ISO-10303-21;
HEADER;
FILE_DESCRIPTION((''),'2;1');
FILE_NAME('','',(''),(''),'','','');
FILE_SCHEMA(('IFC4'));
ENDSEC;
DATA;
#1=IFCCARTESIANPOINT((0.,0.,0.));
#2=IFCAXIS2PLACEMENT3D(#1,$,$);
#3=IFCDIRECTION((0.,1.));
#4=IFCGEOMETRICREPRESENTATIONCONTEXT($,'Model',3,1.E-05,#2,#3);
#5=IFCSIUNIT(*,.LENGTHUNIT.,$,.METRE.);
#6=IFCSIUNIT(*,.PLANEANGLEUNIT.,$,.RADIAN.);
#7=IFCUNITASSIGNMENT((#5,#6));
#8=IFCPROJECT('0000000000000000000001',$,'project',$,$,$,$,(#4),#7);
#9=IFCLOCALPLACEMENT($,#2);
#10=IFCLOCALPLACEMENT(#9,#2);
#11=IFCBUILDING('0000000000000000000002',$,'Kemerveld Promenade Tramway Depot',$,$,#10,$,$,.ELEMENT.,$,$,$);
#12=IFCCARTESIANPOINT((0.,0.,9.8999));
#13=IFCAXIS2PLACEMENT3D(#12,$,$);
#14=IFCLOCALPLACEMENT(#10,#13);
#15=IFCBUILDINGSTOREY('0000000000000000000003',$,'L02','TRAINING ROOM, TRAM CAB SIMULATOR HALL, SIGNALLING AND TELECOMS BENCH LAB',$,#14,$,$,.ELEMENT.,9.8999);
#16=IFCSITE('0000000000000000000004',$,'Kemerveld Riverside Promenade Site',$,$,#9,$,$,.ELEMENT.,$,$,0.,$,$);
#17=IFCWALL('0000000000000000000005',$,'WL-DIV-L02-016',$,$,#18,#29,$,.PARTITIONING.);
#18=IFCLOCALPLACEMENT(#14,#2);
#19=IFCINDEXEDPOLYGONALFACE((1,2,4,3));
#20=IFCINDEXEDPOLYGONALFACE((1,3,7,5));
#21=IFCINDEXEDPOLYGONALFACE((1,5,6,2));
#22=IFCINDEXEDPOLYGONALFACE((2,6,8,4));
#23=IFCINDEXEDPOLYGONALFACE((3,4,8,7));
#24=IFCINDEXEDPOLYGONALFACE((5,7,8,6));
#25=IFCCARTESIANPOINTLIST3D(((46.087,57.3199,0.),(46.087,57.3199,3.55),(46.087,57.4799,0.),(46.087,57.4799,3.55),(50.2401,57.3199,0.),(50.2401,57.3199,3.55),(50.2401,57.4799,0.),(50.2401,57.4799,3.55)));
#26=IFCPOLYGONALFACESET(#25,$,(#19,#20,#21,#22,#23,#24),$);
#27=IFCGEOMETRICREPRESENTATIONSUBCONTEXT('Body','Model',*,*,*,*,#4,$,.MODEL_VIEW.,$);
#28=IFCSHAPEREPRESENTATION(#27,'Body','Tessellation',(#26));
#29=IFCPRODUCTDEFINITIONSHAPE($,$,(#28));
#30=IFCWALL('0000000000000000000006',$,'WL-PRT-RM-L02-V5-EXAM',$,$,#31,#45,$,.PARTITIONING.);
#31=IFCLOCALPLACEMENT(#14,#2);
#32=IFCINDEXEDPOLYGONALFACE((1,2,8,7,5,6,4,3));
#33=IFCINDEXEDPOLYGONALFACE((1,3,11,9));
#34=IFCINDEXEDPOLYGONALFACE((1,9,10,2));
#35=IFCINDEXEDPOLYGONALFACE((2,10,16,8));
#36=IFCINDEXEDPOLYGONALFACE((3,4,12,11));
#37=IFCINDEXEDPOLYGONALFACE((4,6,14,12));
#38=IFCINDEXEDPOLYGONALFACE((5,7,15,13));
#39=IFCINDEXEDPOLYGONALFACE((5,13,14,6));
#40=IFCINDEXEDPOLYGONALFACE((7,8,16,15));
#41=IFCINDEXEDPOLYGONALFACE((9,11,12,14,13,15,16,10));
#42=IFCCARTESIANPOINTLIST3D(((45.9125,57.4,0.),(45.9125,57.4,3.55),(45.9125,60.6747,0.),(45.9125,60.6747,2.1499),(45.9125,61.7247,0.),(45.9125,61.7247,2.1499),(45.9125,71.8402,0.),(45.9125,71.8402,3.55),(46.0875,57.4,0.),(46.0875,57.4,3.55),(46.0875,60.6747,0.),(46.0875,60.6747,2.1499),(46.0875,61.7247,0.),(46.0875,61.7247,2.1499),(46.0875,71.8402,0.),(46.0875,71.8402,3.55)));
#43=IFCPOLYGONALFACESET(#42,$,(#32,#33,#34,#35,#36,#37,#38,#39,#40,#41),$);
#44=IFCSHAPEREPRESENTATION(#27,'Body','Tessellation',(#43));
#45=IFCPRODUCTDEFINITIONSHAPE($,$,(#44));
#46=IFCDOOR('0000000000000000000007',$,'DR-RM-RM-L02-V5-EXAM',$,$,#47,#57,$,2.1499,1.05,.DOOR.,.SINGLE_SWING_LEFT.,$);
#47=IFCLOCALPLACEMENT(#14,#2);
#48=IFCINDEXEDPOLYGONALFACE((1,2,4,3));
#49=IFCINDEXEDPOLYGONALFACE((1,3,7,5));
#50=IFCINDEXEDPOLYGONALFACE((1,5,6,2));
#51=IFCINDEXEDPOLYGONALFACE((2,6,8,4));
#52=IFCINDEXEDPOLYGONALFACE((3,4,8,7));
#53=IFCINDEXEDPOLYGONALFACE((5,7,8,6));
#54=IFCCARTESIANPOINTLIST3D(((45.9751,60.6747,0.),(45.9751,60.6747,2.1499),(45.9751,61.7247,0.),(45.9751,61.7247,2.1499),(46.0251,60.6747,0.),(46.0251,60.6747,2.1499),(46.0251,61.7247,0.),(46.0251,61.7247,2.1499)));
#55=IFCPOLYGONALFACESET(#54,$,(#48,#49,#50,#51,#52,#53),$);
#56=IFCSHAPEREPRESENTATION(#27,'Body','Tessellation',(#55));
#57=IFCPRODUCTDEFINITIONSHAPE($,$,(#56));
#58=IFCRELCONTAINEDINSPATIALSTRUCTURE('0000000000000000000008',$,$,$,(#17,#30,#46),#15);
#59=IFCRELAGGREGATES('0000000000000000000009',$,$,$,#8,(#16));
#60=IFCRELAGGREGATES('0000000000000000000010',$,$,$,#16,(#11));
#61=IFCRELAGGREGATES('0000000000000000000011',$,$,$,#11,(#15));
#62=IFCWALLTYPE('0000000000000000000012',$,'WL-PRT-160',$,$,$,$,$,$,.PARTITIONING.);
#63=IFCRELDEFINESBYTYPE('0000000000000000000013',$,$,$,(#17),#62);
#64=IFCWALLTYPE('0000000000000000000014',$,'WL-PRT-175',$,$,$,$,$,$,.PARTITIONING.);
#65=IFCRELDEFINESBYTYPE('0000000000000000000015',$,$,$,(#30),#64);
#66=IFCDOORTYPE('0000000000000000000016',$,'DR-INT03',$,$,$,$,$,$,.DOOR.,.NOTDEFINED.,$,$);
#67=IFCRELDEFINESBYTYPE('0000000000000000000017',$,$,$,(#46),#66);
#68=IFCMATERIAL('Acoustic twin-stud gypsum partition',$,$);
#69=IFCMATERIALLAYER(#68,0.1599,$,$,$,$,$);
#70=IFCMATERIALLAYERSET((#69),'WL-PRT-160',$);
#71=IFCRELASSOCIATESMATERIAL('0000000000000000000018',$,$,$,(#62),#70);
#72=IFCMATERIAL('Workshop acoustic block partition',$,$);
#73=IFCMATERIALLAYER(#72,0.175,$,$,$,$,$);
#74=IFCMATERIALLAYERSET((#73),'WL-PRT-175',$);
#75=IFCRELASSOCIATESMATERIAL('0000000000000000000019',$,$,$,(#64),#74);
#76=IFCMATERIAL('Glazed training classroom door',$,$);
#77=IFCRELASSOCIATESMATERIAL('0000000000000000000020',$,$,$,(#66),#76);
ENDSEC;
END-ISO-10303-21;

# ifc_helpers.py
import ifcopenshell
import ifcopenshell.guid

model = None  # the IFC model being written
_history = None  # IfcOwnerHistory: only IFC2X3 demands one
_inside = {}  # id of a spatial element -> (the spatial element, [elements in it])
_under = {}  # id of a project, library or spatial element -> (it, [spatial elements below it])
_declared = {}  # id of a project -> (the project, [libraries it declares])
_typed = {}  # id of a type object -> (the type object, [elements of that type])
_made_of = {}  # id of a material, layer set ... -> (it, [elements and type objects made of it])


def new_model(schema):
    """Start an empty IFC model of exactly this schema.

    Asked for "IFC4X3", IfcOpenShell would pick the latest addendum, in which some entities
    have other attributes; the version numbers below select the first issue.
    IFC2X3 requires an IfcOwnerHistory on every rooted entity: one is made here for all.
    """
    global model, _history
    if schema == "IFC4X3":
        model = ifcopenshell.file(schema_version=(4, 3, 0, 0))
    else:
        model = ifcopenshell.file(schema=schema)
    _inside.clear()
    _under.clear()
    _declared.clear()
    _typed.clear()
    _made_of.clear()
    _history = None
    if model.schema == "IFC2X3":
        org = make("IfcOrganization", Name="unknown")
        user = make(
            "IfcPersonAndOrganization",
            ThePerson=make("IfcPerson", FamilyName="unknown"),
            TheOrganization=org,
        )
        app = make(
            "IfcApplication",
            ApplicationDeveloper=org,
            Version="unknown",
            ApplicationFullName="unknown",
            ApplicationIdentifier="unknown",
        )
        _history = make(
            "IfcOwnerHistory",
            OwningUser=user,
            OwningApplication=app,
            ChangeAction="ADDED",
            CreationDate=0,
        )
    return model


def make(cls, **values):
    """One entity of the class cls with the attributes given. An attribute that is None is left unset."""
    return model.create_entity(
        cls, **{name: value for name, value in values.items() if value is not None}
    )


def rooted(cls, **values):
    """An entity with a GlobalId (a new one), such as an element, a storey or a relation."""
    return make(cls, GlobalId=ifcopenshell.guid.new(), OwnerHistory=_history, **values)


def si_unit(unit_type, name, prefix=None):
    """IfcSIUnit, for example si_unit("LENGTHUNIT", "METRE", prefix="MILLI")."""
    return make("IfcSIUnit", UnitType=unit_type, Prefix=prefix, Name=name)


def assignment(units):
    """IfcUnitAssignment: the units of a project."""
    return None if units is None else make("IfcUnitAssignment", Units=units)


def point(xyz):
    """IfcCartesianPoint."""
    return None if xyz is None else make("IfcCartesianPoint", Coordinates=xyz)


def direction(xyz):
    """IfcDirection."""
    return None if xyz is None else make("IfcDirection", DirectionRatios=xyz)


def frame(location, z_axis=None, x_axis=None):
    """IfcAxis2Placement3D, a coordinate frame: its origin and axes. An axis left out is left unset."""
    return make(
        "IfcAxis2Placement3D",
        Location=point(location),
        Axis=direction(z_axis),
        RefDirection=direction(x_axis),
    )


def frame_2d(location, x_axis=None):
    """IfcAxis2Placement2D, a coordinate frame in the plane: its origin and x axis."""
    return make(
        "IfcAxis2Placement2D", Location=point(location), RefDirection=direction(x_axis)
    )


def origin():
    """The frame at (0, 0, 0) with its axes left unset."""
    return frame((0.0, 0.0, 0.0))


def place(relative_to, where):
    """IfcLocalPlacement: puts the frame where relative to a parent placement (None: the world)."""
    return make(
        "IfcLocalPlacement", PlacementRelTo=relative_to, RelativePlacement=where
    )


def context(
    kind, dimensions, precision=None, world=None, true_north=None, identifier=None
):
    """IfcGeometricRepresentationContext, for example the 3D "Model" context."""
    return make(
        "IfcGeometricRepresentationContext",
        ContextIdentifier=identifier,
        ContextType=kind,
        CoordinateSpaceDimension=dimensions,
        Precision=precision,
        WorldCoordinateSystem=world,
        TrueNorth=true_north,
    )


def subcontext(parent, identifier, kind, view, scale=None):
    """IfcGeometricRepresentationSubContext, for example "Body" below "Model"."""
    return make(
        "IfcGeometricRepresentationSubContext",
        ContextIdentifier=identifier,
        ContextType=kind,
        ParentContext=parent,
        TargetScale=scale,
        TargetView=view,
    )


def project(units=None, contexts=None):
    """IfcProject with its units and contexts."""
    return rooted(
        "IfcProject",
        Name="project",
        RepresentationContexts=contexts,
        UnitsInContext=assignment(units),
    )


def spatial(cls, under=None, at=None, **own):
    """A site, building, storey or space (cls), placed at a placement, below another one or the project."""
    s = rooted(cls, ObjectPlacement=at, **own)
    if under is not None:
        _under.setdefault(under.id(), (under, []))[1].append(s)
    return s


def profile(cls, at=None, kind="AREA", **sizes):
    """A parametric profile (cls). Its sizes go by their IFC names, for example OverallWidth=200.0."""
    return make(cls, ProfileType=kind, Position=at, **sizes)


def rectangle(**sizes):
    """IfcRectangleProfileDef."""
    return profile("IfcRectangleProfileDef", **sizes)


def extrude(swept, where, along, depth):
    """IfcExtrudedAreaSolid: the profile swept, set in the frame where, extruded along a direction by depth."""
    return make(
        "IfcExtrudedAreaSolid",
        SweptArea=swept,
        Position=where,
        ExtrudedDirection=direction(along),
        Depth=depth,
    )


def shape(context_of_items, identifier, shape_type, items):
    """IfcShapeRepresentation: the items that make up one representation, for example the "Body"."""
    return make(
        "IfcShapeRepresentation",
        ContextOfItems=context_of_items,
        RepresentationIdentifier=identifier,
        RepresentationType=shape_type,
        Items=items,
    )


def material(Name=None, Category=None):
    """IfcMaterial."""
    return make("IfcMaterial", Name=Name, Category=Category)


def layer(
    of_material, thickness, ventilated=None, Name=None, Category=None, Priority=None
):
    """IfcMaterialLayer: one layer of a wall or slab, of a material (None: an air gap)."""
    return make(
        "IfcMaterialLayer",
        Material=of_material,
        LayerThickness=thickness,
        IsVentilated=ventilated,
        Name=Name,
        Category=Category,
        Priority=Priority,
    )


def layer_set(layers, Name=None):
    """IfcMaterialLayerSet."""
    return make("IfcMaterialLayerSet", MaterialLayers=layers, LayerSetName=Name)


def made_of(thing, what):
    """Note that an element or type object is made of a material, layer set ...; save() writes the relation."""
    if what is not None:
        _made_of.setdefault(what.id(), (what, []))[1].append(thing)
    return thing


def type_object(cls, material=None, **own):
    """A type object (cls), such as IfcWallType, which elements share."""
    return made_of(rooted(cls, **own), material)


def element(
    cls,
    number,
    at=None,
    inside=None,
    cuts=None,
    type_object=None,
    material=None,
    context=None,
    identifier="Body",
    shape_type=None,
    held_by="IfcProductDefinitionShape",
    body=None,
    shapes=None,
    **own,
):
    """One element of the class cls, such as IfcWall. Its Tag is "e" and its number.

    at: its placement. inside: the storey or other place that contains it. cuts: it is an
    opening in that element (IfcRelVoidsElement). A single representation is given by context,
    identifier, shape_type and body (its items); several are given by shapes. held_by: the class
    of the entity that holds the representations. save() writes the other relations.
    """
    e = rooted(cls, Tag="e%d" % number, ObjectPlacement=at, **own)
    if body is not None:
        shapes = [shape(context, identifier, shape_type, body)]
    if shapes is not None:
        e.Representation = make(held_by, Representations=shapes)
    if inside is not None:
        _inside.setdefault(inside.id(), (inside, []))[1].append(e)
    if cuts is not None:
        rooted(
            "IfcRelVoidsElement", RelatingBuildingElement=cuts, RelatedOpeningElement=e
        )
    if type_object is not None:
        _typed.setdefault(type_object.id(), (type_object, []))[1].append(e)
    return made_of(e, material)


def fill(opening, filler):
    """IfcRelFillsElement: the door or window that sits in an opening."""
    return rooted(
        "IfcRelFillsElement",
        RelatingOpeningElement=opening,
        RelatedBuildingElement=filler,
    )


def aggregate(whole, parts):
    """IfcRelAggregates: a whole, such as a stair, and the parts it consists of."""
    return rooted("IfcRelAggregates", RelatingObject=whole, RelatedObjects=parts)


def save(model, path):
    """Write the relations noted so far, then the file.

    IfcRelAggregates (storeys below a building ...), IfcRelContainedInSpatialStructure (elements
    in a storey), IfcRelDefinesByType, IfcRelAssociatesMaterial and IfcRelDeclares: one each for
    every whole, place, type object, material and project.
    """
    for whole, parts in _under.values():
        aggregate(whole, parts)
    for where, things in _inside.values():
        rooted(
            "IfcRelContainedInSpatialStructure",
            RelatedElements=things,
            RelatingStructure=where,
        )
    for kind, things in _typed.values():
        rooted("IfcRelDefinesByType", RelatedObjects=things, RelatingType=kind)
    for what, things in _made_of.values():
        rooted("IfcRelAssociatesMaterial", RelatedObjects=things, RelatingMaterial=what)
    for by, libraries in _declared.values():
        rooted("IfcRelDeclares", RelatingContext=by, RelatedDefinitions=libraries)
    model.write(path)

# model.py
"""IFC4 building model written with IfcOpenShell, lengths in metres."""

from ifc_helpers import new_model, si_unit, direction, frame, frame_2d, origin, place, context, subcontext, project, spatial, rectangle, extrude, material, layer, layer_set, type_object, element, fill, save


model = new_model("IFC4")

# Units and contexts
model_context = context("Model", 3, precision=1e-05, world=origin(), true_north=direction((0.0, 1.0)))
body_context = subcontext(model_context, "Body", "Model", "MODEL_VIEW")
ifc_project = project(units=[si_unit("LENGTHUNIT", "METRE"), si_unit("PLANEANGLEUNIT", "RADIAN")], contexts=[model_context])

# Site, building, storey
site_placement = place(None, origin())
site = spatial("IfcSite", under=ifc_project, at=site_placement, Name="Kemerveld Riverside Promenade Site", CompositionType="ELEMENT", RefElevation=0.0)
building_placement = place(site_placement, origin())
building = spatial("IfcBuilding", under=site, at=building_placement, Name="Kemerveld Promenade Tramway Depot", CompositionType="ELEMENT")
storey_placement = place(building_placement, frame((0.0, 0.0, 9.8999)))
storey = spatial("IfcBuildingStorey", under=building, at=storey_placement, Name="L02", Description="TRAINING ROOM, TRAM CAB SIMULATOR HALL, SIGNALLING AND TELECOMS BENCH LAB", CompositionType="ELEMENT", Elevation=9.8999)

# Wall
ifc_material_1 = material(Name="Acoustic twin-stud gypsum partition")
ifc_layer_1 = layer(ifc_material_1, 0.1599)
ifc_layer_set_1 = layer_set([ifc_layer_1], Name="WL-PRT-160")
wall_type_1 = type_object("IfcWallType", Name="WL-PRT-160", PredefinedType="PARTITIONING", material=ifc_layer_set_1)
wall_1_placement = place(storey_placement, frame((46.0869, 57.3999, 0.0), z_axis=(0.0, 0.0, 1.0), x_axis=(1.0, 0.0, 0.0)))
element("IfcWall", 1, at=wall_1_placement, inside=storey, type_object=wall_type_1, Name="WL-DIV-L02-016", PredefinedType="PARTITIONING", context=body_context, shape_type="SweptSolid", body=[
    extrude(rectangle(XDim=4.1531, YDim=0.1599, at=frame_2d((2.0767, 0.0))), origin(), (0.0, 0.0, 1.0), 3.55),
])

# Wall, opening, door
ifc_material_2 = material(Name="Workshop acoustic block partition")
ifc_layer_2 = layer(ifc_material_2, 0.175)
ifc_layer_set_2 = layer_set([ifc_layer_2], Name="WL-PRT-175")
wall_type_2 = type_object("IfcWallType", Name="WL-PRT-175", PredefinedType="PARTITIONING", material=ifc_layer_set_2)
wall_2_placement = place(storey_placement, frame((46.0, 57.3999, 0.0), z_axis=(0.0, 0.0, 1.0), x_axis=(0.0, 1.0, 0.0)))
wall_2 = element("IfcWall", 2, at=wall_2_placement, inside=storey, type_object=wall_type_2, Name="WL-PRT-RM-L02-V5-EXAM", PredefinedType="PARTITIONING", context=body_context, shape_type="SweptSolid", body=[
    extrude(rectangle(XDim=14.4402, YDim=0.175, at=frame_2d((7.2202, 0.0))), origin(), (0.0, 0.0, 1.0), 3.55),
])
opening_1_placement = place(wall_2_placement, frame((3.2749, 0.0, 0.0)))
opening_1 = element("IfcOpeningElement", 3, at=opening_1_placement, cuts=wall_2, PredefinedType="OPENING", context=body_context, shape_type="SweptSolid", body=[
    extrude(rectangle(XDim=1.05, YDim=2.1499, at=frame_2d((0.5249, 1.075))), frame((0.0, 0.0974, 0.0), z_axis=(0.0, -1.0, 0.0), x_axis=(1.0, 0.0, 0.0)), (0.0, 0.0, 1.0), 0.1951),
])
ifc_material_3 = material(Name="Glazed training classroom door")
door_type = type_object("IfcDoorType", Name="DR-INT03", OperationType="NOTDEFINED", PredefinedType="DOOR", material=ifc_material_3)
door_placement = place(opening_1_placement, origin())
door = element("IfcDoor", 4, at=door_placement, inside=storey, type_object=door_type, Name="DR-RM-RM-L02-V5-EXAM", OperationType="SINGLE_SWING_LEFT", OverallHeight=2.1499, OverallWidth=1.05, PredefinedType="DOOR", context=body_context, shape_type="SweptSolid", body=[
    extrude(rectangle(XDim=1.05, YDim=2.1499, at=frame_2d((0.5249, 1.075))), frame((0.0, 0.0249, 0.0), z_axis=(0.0, -1.0, 0.0), x_axis=(1.0, 0.0, 0.0)), (0.0, 0.0, 1.0), 0.05),
])
fill(opening_1, door)

save(model, "model.ifc")
